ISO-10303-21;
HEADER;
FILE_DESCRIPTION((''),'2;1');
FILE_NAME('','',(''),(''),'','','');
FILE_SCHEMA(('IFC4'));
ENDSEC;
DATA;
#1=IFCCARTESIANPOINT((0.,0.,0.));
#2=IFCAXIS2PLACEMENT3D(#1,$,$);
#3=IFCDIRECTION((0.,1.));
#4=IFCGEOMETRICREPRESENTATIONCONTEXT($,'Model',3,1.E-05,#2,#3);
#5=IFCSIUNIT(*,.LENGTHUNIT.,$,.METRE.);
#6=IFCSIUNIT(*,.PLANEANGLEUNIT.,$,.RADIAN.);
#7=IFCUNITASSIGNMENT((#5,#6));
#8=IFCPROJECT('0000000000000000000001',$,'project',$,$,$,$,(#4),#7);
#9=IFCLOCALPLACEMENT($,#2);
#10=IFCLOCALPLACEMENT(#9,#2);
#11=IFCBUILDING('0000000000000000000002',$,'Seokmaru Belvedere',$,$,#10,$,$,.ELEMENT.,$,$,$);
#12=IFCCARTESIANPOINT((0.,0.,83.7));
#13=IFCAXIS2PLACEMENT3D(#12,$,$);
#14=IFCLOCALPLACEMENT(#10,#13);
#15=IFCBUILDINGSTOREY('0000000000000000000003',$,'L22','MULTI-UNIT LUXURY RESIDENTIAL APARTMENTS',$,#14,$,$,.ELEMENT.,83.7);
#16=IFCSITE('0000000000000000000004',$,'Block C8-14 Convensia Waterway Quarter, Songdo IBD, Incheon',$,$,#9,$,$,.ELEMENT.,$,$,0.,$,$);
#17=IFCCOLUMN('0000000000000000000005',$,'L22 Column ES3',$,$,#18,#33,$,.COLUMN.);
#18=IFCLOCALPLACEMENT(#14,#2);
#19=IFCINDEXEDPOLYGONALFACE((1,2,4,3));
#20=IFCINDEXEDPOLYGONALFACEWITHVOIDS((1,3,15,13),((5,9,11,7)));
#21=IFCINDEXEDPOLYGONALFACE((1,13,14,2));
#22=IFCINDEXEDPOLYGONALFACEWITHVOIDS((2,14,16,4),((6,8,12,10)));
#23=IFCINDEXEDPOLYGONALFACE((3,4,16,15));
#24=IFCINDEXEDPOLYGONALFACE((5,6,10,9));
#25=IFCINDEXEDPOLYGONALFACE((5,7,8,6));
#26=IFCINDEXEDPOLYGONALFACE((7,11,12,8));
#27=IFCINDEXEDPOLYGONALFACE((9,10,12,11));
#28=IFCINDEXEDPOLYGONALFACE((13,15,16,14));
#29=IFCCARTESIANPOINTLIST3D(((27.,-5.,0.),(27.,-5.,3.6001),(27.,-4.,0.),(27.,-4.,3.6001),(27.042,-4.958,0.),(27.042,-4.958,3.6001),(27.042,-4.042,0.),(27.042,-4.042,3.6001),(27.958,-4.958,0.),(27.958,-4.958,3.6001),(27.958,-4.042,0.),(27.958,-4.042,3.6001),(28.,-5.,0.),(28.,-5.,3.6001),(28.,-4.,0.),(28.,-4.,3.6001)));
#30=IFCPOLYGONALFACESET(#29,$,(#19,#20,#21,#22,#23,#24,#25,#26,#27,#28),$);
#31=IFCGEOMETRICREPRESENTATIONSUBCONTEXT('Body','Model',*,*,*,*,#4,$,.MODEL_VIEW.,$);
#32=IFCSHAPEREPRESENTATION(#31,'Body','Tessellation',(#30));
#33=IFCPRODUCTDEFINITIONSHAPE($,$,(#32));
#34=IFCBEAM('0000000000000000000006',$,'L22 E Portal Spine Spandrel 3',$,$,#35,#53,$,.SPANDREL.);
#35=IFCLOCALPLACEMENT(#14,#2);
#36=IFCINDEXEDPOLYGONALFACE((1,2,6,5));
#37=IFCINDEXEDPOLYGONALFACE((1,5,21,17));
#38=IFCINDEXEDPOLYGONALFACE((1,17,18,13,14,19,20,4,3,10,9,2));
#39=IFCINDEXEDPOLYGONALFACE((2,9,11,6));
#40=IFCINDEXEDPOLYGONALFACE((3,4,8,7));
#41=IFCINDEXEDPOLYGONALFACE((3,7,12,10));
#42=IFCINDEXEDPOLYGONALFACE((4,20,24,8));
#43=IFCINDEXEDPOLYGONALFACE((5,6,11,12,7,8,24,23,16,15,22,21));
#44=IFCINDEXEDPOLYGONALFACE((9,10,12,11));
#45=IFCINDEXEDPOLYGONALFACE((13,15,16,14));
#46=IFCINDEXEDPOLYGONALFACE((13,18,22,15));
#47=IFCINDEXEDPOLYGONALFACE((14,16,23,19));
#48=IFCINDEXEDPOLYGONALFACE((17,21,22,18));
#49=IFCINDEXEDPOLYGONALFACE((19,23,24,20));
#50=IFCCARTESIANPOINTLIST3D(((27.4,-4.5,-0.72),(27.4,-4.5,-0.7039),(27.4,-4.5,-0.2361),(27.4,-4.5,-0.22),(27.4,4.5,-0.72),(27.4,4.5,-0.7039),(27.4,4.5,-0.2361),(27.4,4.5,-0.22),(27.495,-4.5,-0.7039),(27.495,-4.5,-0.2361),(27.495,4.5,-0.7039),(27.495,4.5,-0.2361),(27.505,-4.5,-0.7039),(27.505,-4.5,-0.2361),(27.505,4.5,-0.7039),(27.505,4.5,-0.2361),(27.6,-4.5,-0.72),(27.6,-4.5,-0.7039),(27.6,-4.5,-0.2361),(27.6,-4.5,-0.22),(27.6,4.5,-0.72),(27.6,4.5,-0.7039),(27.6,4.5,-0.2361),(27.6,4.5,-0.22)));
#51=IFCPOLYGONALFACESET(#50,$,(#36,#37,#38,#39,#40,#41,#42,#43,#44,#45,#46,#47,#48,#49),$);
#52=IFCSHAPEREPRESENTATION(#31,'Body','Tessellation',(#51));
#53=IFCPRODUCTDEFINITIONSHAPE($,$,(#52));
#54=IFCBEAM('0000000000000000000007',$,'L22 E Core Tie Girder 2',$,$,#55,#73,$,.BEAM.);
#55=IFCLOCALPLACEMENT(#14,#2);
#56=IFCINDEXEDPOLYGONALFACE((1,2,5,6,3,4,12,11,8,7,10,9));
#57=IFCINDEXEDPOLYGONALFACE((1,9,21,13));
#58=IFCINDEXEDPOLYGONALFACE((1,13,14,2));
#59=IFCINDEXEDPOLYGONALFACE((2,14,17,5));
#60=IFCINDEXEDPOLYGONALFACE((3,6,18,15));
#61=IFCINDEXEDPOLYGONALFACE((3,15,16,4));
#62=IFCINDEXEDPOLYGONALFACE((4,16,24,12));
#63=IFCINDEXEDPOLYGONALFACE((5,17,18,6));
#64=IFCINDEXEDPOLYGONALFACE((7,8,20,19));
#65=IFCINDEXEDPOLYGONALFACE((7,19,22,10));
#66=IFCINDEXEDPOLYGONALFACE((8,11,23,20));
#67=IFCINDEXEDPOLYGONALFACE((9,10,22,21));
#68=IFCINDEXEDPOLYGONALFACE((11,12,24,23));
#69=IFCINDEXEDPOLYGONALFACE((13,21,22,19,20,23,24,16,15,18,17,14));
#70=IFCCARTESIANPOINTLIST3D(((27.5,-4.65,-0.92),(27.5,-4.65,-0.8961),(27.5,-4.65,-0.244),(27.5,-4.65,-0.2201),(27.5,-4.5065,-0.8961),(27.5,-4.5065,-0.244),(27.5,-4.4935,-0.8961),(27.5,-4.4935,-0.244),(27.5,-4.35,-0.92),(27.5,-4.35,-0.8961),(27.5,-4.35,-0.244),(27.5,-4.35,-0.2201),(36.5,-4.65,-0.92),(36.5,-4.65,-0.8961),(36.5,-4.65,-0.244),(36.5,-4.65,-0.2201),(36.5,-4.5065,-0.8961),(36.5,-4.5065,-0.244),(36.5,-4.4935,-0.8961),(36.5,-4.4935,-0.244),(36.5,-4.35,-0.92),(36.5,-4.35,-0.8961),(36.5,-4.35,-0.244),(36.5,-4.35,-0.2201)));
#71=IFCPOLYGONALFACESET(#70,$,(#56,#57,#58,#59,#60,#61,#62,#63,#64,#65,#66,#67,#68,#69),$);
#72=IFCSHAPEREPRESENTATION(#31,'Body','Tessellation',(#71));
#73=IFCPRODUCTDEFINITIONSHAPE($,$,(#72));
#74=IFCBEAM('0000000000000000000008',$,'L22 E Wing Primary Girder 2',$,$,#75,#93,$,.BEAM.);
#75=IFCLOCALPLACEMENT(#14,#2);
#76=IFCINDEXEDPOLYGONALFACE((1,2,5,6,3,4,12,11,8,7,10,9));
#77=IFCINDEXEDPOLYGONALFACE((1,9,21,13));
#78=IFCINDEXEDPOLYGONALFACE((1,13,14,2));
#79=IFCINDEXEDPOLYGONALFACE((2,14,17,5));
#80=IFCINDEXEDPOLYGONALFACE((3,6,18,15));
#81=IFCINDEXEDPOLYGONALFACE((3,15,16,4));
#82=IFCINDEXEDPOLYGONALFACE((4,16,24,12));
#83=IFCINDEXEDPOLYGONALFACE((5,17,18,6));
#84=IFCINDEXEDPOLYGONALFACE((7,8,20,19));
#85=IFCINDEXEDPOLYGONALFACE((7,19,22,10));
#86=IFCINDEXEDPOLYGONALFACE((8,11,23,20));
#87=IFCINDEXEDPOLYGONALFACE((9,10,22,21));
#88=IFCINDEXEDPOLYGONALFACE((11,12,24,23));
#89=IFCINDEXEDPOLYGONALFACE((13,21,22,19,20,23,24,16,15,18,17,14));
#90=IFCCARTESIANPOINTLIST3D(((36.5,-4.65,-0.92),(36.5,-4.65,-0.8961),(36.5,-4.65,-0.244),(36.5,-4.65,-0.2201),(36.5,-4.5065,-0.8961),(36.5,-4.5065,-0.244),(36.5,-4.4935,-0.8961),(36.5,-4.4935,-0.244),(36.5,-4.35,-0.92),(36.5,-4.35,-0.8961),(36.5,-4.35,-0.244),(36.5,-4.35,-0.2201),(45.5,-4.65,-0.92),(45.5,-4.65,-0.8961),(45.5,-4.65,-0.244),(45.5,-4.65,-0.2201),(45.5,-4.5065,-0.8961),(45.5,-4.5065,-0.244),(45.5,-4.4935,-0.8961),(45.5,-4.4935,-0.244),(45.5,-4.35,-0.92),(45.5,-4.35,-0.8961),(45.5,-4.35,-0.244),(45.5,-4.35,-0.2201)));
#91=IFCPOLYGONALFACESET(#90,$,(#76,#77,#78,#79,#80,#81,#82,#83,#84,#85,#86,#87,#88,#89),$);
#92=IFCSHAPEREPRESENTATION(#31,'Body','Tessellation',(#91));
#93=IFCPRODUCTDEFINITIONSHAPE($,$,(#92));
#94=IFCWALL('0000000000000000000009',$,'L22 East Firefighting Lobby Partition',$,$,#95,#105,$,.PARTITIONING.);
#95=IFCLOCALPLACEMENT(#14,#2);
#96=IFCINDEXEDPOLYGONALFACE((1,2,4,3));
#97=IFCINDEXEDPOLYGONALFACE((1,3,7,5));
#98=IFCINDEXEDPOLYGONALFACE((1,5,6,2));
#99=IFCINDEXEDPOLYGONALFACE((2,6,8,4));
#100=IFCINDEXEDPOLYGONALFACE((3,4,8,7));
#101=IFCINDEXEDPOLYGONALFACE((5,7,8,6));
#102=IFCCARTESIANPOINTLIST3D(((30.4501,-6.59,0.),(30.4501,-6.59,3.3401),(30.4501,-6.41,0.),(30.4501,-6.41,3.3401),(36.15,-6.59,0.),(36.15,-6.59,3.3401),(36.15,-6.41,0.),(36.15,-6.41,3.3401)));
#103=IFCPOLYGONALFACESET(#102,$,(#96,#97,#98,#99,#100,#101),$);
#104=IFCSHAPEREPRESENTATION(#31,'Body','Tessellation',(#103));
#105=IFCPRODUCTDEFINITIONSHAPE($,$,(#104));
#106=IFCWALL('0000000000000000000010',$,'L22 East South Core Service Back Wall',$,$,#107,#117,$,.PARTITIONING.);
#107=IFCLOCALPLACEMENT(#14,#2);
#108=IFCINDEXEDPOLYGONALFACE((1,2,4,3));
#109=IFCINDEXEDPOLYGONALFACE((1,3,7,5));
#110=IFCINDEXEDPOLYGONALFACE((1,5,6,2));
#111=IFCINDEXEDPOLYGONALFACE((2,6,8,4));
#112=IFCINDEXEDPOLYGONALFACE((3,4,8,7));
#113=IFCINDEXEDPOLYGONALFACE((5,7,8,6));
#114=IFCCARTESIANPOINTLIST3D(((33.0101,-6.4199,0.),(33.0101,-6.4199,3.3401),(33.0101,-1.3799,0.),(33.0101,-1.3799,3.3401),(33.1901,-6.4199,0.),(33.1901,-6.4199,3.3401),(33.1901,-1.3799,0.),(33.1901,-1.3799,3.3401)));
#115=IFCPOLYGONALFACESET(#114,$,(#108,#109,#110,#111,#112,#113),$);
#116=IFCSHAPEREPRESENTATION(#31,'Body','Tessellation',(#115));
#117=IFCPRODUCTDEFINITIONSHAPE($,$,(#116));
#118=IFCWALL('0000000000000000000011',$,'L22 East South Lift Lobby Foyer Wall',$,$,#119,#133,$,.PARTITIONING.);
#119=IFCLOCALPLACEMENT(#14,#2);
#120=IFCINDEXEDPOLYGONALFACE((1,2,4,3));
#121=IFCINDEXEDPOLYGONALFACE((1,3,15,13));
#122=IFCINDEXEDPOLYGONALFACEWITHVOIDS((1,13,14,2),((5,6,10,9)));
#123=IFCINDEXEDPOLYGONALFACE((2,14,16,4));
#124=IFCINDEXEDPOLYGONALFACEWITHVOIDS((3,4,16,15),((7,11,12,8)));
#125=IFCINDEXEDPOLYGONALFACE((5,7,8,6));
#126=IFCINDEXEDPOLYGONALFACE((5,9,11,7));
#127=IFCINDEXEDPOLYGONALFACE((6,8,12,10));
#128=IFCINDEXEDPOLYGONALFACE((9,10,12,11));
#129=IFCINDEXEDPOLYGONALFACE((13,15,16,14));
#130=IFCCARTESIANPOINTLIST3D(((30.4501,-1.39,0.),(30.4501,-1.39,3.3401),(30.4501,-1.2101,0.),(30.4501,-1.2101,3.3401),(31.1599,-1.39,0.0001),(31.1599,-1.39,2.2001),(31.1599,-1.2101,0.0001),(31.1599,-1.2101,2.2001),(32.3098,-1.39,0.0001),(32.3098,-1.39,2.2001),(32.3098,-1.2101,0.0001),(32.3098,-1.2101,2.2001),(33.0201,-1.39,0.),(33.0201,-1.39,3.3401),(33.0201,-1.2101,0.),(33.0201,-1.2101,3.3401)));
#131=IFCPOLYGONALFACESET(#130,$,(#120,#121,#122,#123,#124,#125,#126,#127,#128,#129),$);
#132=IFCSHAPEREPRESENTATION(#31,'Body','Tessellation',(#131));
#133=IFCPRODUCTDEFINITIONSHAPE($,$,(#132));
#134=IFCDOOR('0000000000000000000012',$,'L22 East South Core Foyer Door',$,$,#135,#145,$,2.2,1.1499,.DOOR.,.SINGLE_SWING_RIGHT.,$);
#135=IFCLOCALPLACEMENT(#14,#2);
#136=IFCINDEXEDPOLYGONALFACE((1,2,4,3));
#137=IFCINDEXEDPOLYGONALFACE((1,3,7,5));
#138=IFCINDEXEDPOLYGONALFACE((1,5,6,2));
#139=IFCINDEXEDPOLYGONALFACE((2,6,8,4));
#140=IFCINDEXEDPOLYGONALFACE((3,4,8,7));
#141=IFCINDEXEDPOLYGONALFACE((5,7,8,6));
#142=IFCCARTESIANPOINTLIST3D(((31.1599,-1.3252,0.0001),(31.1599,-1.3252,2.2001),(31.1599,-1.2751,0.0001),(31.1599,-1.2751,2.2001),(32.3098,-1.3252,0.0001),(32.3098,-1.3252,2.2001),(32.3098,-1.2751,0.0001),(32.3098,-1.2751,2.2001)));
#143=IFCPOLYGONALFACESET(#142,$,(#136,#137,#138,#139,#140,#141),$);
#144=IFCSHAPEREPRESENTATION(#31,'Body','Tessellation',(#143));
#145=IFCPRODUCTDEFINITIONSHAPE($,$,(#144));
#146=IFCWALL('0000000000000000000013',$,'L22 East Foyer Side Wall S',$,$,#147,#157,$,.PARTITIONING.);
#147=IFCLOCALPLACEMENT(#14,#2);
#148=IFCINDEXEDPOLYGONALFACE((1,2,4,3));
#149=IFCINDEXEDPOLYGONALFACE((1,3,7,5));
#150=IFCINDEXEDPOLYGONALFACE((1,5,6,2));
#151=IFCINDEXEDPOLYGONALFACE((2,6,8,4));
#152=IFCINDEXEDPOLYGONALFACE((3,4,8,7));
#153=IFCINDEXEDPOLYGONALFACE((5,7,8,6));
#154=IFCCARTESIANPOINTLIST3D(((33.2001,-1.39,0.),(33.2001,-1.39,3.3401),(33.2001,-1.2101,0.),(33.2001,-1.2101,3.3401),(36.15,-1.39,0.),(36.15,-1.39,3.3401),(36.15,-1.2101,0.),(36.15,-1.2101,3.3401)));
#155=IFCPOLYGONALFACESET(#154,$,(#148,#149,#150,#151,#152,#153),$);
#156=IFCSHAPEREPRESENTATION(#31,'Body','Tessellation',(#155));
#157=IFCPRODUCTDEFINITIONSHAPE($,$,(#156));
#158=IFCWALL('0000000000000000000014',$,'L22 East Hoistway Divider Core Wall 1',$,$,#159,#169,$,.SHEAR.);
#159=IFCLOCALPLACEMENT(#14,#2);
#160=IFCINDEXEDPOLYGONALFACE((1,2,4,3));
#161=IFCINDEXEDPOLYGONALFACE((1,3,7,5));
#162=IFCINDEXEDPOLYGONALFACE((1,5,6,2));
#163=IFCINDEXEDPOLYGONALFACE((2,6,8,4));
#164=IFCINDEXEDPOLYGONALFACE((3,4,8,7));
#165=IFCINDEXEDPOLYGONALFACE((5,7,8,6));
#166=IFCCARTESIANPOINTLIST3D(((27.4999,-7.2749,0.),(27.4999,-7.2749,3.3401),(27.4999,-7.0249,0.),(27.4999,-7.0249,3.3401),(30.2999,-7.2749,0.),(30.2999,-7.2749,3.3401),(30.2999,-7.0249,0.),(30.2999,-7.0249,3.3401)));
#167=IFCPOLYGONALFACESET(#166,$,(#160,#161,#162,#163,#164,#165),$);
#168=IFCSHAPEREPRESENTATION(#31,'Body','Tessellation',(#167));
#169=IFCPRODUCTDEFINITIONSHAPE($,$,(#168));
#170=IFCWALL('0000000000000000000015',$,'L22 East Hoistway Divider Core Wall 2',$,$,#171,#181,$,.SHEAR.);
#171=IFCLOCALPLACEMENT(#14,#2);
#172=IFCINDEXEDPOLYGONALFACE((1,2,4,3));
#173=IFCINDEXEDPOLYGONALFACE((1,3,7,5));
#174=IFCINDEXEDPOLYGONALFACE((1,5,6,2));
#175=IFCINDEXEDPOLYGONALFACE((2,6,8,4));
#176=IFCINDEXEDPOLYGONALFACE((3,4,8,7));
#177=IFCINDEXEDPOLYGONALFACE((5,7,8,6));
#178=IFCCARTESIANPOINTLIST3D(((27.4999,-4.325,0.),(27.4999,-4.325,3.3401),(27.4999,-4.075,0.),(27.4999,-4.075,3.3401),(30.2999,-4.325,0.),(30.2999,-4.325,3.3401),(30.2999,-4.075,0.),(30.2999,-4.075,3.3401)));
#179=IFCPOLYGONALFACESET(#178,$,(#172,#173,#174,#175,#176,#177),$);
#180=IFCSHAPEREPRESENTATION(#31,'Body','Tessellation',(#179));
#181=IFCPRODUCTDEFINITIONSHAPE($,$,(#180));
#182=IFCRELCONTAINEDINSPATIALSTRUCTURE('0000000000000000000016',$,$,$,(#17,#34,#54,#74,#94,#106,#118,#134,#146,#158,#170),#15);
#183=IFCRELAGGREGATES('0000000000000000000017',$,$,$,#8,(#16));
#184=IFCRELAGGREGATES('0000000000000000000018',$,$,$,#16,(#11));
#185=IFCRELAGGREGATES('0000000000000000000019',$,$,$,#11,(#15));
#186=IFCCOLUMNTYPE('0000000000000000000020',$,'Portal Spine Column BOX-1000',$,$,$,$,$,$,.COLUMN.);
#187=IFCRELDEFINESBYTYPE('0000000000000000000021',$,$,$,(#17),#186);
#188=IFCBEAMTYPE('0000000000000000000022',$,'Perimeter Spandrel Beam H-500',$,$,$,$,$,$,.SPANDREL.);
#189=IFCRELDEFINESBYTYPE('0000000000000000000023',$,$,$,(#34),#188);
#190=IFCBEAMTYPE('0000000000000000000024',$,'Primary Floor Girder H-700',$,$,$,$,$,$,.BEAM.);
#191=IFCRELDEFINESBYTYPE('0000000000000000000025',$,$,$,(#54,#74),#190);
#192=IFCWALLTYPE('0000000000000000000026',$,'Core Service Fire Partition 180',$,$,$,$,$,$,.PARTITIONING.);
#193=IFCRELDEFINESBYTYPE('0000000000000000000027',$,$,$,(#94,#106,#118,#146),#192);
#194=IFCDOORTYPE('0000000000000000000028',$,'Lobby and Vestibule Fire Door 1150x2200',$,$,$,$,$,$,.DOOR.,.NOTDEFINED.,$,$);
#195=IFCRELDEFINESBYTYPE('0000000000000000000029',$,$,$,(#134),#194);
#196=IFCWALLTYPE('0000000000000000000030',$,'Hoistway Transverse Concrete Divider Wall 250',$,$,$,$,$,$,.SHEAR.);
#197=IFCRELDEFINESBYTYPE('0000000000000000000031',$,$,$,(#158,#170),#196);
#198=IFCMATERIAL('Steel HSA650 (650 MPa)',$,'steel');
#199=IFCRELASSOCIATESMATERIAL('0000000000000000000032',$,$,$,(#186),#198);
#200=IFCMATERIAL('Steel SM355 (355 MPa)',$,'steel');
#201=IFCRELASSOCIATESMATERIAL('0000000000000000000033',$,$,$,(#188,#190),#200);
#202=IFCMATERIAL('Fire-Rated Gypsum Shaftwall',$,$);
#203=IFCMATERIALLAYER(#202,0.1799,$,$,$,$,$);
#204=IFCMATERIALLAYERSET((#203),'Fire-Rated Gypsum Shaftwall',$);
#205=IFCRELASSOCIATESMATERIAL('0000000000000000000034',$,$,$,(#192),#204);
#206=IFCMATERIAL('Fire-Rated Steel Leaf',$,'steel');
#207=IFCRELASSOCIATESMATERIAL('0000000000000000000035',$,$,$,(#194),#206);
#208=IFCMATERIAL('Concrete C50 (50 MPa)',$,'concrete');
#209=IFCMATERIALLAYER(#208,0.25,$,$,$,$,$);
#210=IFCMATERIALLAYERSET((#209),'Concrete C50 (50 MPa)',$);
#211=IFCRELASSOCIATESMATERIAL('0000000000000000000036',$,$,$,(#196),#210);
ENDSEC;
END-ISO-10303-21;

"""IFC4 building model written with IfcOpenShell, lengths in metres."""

from ifc_helpers import new_model, si_unit, direction, frame, frame_2d, origin, origin_2d, place, context, subcontext, project, spatial, rectangle, hollow_rectangle, i_section, extrude, source, transform, mapped, material, layer, layer_set, material_profile, profile_set, type_object, type_shapes, element, fill, save


model = new_model("IFC4")

# Units and contexts
model_context = context("Model", 3, precision=1e-05, world=origin(), true_north=direction((0.0, 1.0)))
body_context = subcontext(model_context, "Body", "Model", "MODEL_VIEW")
ifc_project = project(units=[si_unit("LENGTHUNIT", "METRE"), si_unit("PLANEANGLEUNIT", "RADIAN")], contexts=[model_context])

# Site, building, storey
site_placement = place(None, origin())
site = spatial("IfcSite", under=ifc_project, at=site_placement, Name="Block C8-14 Convensia Waterway Quarter, Songdo IBD, Incheon", CompositionType="ELEMENT", RefElevation=0.0)
building_placement = place(site_placement, origin())
building = spatial("IfcBuilding", under=site, at=building_placement, Name="Seokmaru Belvedere", CompositionType="ELEMENT")
storey_placement = place(building_placement, frame((0.0, 0.0, 83.7)))
storey = spatial("IfcBuildingStorey", under=building, at=storey_placement, Name="L22", Description="MULTI-UNIT LUXURY RESIDENTIAL APARTMENTS", CompositionType="ELEMENT", Elevation=83.7)

# Column
ifc_material_1 = material(Name="Steel HSA650 (650 MPa)", Category="steel")
ifc_material_profile_1 = material_profile(ifc_material_1, hollow_rectangle(XDim=1.0, YDim=1.0, WallThickness=0.042, at=origin_2d()), Name="BOX-1000x1000x42")
ifc_profile_set_1 = profile_set([ifc_material_profile_1], Name="Steel HSA650 (650 MPa)")
column_type = type_object("IfcColumnType", Name="Portal Spine Column BOX-1000", PredefinedType="COLUMN", material=ifc_profile_set_1)
shared_shape_1 = source(origin(), body_context, "Body", "SweptSolid", [
    extrude(hollow_rectangle(XDim=1.0, YDim=1.0, WallThickness=0.042, at=origin_2d()), origin(), (0.0, 0.0, 1.0), 3.6001),
])
type_shapes(column_type, [shared_shape_1])
column_placement = place(storey_placement, frame((27.5, -4.5, 0.0), z_axis=(0.0, 0.0, 1.0), x_axis=(1.0, 0.0, 0.0)))
element("IfcColumn", 1, at=column_placement, inside=storey, type_object=column_type, Name="L22 Column ES3", PredefinedType="COLUMN", context=body_context, shape_type="MappedRepresentation", body=[
    mapped(shared_shape_1, transform((0.0, 0.0, 0.0), scale=1.0)),
])

# Beams
ifc_material_2 = material(Name="Steel SM355 (355 MPa)", Category="steel")
ifc_material_profile_2 = material_profile(ifc_material_2, i_section(OverallWidth=0.2, OverallDepth=0.5, WebThickness=0.01, FlangeThickness=0.0161, at=origin_2d()), Name="H-500x200x10x16")
ifc_profile_set_2 = profile_set([ifc_material_profile_2], Name="Steel SM355 (355 MPa)")
beam_type_1 = type_object("IfcBeamType", Name="Perimeter Spandrel Beam H-500", PredefinedType="SPANDREL", material=ifc_profile_set_2)
shared_shape_2 = source(origin(), body_context, "Body", "SweptSolid", [
    extrude(i_section(OverallWidth=0.2, OverallDepth=0.5, WebThickness=0.01, FlangeThickness=0.0161, at=origin_2d()), origin(), (0.0, 0.0, 1.0), 9.0),
])
type_shapes(beam_type_1, [shared_shape_2])
beam_placement = place(storey_placement, frame((27.5, -4.5, -0.47), z_axis=(0.0, 1.0, 0.0), x_axis=(-1.0, 0.0, 0.0)))
element("IfcBeam", 2, at=beam_placement, inside=storey, type_object=beam_type_1, Name="L22 E Portal Spine Spandrel 3", PredefinedType="SPANDREL", context=body_context, shape_type="MappedRepresentation", body=[
    mapped(shared_shape_2, transform((0.0, 0.0, 0.0), scale=1.0)),
])
ifc_material_profile_3 = material_profile(ifc_material_2, i_section(OverallWidth=0.3, OverallDepth=0.7, WebThickness=0.0129, FlangeThickness=0.0239, at=origin_2d()), Name="H-700x300x13x24")
ifc_profile_set_3 = profile_set([ifc_material_profile_3], Name="Steel SM355 (355 MPa)")
beam_type_2 = type_object("IfcBeamType", Name="Primary Floor Girder H-700", PredefinedType="BEAM", material=ifc_profile_set_3)
shared_shape_3 = source(origin(), body_context, "Body", "SweptSolid", [
    extrude(i_section(OverallWidth=0.3, OverallDepth=0.7, WebThickness=0.0129, FlangeThickness=0.0239, at=origin_2d()), origin(), (0.0, 0.0, 1.0), 9.0),
])
type_shapes(beam_type_2, [shared_shape_3])
for number, where, z_axis, x_axis, name in (
    (3, (27.5, -4.5, -0.5701), (1.0, 0.0, 0.0), (0.0, 1.0, 0.0), "L22 E Core Tie Girder 2"),
    (4, (36.5, -4.5, -0.5701), (1.0, 0.0, 0.0), (0.0, 1.0, 0.0), "L22 E Wing Primary Girder 2"),
):
    element("IfcBeam", number, at=place(storey_placement, frame(where, z_axis=z_axis, x_axis=x_axis)), inside=storey, type_object=beam_type_2, Name=name, PredefinedType="BEAM", context=body_context, shape_type="MappedRepresentation", body=[
        mapped(shared_shape_3, transform((0.0, 0.0, 0.0), scale=1.0)),
    ])

# Walls
ifc_material_3 = material(Name="Fire-Rated Gypsum Shaftwall")
ifc_layer_1 = layer(ifc_material_3, 0.1799)
ifc_layer_set_1 = layer_set([ifc_layer_1], Name="Fire-Rated Gypsum Shaftwall")
wall_type_1 = type_object("IfcWallType", Name="Core Service Fire Partition 180", PredefinedType="PARTITIONING", material=ifc_layer_set_1)
wall_1_placement = place(storey_placement, frame((30.45, -6.5, 0.0), z_axis=(0.0, 0.0, 1.0), x_axis=(1.0, 0.0, 0.0)))
element("IfcWall", 5, at=wall_1_placement, inside=storey, type_object=wall_type_1, Name="L22 East Firefighting Lobby Partition", PredefinedType="PARTITIONING", context=body_context, shape_type="SweptSolid", body=[
    extrude(rectangle(XDim=5.7, YDim=0.1799, at=frame_2d((2.8501, 0.0))), origin(), (0.0, 0.0, 1.0), 3.3401),
])
wall_2_placement = place(storey_placement, frame((33.1001, -6.4199, 0.0), z_axis=(0.0, 0.0, 1.0), x_axis=(0.0, 1.0, 0.0)))
element("IfcWall", 6, at=wall_2_placement, inside=storey, type_object=wall_type_1, Name="L22 East South Core Service Back Wall", PredefinedType="PARTITIONING", context=body_context, shape_type="SweptSolid", body=[
    extrude(rectangle(XDim=5.04, YDim=0.1799, at=frame_2d((2.52, 0.0))), origin(), (0.0, 0.0, 1.0), 3.3401),
])

# Wall, opening, door
wall_3_placement = place(storey_placement, frame((30.45, -1.3, 0.0), z_axis=(0.0, 0.0, 1.0), x_axis=(1.0, 0.0, 0.0)))
wall_3 = element("IfcWall", 7, at=wall_3_placement, inside=storey, type_object=wall_type_1, Name="L22 East South Lift Lobby Foyer Wall", PredefinedType="PARTITIONING", context=body_context, shape_type="SweptSolid", body=[
    extrude(rectangle(XDim=2.5701, YDim=0.1799, at=frame_2d((1.2852, 0.0))), origin(), (0.0, 0.0, 1.0), 3.3401),
])
opening_1_placement = place(wall_3_placement, frame((0.71, 0.0, 0.0)))
opening_1 = element("IfcOpeningElement", 8, at=opening_1_placement, cuts=wall_3, PredefinedType="OPENING", context=body_context, shape_type="SweptSolid", body=[
    extrude(rectangle(XDim=1.1499, YDim=2.2, at=frame_2d((0.575, 1.1001))), frame((0.0, 0.1001, 0.0), z_axis=(0.0, -1.0, 0.0), x_axis=(1.0, 0.0, 0.0)), (0.0, 0.0, 1.0), 0.2),
])
ifc_material_4 = material(Name="Fire-Rated Steel Leaf", Category="steel")
door_type_1 = type_object("IfcDoorType", Name="Lobby and Vestibule Fire Door 1150x2200", OperationType="NOTDEFINED", PredefinedType="DOOR", material=ifc_material_4)
shared_shape_4 = source(origin(), body_context, "Body", "SweptSolid", [
    extrude(rectangle(XDim=1.1499, YDim=2.2, at=frame_2d((0.575, 1.1001))), frame((0.0, 0.0249, 0.0), z_axis=(0.0, -1.0, 0.0), x_axis=(1.0, 0.0, 0.0)), (0.0, 0.0, 1.0), 0.05),
])
type_shapes(door_type_1, [shared_shape_4])
door_1_placement = place(opening_1_placement, origin())
door_1 = element("IfcDoor", 9, at=door_1_placement, inside=storey, type_object=door_type_1, Name="L22 East South Core Foyer Door", OperationType="SINGLE_SWING_RIGHT", OverallHeight=2.2, OverallWidth=1.1499, PredefinedType="DOOR", context=body_context, shape_type="MappedRepresentation", body=[
    mapped(shared_shape_4, transform((0.0, 0.0, 0.0), scale=1.0)),
])
fill(opening_1, door_1)

# Walls
wall_4_placement = place(storey_placement, frame((33.2, -1.3, 0.0), z_axis=(0.0, 0.0, 1.0), x_axis=(1.0, 0.0, 0.0)))
element("IfcWall", 10, at=wall_4_placement, inside=storey, type_object=wall_type_1, Name="L22 East Foyer Side Wall S", PredefinedType="PARTITIONING", context=body_context, shape_type="SweptSolid", body=[
    extrude(rectangle(XDim=2.95, YDim=0.1799, at=frame_2d((1.4751, 0.0))), origin(), (0.0, 0.0, 1.0), 3.3401),
])
ifc_material_5 = material(Name="Concrete C50 (50 MPa)", Category="concrete")
ifc_layer_2 = layer(ifc_material_5, 0.25)
ifc_layer_set_2 = layer_set([ifc_layer_2], Name="Concrete C50 (50 MPa)")
wall_type_2 = type_object("IfcWallType", Name="Hoistway Transverse Concrete Divider Wall 250", PredefinedType="SHEAR", material=ifc_layer_set_2)
for number, where, z_axis, x_axis, name in (
    (11, (27.5, -7.1499, 0.0), (0.0, 0.0, 1.0), (1.0, 0.0, 0.0), "L22 East Hoistway Divider Core Wall 1"),
    (12, (27.5, -4.2, 0.0), (0.0, 0.0, 1.0), (1.0, 0.0, 0.0), "L22 East Hoistway Divider Core Wall 2"),
):
    element("IfcWall", number, at=place(storey_placement, frame(where, z_axis=z_axis, x_axis=x_axis)), inside=storey, type_object=wall_type_2, Name=name, PredefinedType="SHEAR", context=body_context, shape_type="SweptSolid", body=[
        extrude(rectangle(XDim=2.8, YDim=0.25, at=frame_2d((1.3999, 0.0))), origin(), (0.0, 0.0, 1.0), 3.3401),
    ])

save(model, "model.ifc")
